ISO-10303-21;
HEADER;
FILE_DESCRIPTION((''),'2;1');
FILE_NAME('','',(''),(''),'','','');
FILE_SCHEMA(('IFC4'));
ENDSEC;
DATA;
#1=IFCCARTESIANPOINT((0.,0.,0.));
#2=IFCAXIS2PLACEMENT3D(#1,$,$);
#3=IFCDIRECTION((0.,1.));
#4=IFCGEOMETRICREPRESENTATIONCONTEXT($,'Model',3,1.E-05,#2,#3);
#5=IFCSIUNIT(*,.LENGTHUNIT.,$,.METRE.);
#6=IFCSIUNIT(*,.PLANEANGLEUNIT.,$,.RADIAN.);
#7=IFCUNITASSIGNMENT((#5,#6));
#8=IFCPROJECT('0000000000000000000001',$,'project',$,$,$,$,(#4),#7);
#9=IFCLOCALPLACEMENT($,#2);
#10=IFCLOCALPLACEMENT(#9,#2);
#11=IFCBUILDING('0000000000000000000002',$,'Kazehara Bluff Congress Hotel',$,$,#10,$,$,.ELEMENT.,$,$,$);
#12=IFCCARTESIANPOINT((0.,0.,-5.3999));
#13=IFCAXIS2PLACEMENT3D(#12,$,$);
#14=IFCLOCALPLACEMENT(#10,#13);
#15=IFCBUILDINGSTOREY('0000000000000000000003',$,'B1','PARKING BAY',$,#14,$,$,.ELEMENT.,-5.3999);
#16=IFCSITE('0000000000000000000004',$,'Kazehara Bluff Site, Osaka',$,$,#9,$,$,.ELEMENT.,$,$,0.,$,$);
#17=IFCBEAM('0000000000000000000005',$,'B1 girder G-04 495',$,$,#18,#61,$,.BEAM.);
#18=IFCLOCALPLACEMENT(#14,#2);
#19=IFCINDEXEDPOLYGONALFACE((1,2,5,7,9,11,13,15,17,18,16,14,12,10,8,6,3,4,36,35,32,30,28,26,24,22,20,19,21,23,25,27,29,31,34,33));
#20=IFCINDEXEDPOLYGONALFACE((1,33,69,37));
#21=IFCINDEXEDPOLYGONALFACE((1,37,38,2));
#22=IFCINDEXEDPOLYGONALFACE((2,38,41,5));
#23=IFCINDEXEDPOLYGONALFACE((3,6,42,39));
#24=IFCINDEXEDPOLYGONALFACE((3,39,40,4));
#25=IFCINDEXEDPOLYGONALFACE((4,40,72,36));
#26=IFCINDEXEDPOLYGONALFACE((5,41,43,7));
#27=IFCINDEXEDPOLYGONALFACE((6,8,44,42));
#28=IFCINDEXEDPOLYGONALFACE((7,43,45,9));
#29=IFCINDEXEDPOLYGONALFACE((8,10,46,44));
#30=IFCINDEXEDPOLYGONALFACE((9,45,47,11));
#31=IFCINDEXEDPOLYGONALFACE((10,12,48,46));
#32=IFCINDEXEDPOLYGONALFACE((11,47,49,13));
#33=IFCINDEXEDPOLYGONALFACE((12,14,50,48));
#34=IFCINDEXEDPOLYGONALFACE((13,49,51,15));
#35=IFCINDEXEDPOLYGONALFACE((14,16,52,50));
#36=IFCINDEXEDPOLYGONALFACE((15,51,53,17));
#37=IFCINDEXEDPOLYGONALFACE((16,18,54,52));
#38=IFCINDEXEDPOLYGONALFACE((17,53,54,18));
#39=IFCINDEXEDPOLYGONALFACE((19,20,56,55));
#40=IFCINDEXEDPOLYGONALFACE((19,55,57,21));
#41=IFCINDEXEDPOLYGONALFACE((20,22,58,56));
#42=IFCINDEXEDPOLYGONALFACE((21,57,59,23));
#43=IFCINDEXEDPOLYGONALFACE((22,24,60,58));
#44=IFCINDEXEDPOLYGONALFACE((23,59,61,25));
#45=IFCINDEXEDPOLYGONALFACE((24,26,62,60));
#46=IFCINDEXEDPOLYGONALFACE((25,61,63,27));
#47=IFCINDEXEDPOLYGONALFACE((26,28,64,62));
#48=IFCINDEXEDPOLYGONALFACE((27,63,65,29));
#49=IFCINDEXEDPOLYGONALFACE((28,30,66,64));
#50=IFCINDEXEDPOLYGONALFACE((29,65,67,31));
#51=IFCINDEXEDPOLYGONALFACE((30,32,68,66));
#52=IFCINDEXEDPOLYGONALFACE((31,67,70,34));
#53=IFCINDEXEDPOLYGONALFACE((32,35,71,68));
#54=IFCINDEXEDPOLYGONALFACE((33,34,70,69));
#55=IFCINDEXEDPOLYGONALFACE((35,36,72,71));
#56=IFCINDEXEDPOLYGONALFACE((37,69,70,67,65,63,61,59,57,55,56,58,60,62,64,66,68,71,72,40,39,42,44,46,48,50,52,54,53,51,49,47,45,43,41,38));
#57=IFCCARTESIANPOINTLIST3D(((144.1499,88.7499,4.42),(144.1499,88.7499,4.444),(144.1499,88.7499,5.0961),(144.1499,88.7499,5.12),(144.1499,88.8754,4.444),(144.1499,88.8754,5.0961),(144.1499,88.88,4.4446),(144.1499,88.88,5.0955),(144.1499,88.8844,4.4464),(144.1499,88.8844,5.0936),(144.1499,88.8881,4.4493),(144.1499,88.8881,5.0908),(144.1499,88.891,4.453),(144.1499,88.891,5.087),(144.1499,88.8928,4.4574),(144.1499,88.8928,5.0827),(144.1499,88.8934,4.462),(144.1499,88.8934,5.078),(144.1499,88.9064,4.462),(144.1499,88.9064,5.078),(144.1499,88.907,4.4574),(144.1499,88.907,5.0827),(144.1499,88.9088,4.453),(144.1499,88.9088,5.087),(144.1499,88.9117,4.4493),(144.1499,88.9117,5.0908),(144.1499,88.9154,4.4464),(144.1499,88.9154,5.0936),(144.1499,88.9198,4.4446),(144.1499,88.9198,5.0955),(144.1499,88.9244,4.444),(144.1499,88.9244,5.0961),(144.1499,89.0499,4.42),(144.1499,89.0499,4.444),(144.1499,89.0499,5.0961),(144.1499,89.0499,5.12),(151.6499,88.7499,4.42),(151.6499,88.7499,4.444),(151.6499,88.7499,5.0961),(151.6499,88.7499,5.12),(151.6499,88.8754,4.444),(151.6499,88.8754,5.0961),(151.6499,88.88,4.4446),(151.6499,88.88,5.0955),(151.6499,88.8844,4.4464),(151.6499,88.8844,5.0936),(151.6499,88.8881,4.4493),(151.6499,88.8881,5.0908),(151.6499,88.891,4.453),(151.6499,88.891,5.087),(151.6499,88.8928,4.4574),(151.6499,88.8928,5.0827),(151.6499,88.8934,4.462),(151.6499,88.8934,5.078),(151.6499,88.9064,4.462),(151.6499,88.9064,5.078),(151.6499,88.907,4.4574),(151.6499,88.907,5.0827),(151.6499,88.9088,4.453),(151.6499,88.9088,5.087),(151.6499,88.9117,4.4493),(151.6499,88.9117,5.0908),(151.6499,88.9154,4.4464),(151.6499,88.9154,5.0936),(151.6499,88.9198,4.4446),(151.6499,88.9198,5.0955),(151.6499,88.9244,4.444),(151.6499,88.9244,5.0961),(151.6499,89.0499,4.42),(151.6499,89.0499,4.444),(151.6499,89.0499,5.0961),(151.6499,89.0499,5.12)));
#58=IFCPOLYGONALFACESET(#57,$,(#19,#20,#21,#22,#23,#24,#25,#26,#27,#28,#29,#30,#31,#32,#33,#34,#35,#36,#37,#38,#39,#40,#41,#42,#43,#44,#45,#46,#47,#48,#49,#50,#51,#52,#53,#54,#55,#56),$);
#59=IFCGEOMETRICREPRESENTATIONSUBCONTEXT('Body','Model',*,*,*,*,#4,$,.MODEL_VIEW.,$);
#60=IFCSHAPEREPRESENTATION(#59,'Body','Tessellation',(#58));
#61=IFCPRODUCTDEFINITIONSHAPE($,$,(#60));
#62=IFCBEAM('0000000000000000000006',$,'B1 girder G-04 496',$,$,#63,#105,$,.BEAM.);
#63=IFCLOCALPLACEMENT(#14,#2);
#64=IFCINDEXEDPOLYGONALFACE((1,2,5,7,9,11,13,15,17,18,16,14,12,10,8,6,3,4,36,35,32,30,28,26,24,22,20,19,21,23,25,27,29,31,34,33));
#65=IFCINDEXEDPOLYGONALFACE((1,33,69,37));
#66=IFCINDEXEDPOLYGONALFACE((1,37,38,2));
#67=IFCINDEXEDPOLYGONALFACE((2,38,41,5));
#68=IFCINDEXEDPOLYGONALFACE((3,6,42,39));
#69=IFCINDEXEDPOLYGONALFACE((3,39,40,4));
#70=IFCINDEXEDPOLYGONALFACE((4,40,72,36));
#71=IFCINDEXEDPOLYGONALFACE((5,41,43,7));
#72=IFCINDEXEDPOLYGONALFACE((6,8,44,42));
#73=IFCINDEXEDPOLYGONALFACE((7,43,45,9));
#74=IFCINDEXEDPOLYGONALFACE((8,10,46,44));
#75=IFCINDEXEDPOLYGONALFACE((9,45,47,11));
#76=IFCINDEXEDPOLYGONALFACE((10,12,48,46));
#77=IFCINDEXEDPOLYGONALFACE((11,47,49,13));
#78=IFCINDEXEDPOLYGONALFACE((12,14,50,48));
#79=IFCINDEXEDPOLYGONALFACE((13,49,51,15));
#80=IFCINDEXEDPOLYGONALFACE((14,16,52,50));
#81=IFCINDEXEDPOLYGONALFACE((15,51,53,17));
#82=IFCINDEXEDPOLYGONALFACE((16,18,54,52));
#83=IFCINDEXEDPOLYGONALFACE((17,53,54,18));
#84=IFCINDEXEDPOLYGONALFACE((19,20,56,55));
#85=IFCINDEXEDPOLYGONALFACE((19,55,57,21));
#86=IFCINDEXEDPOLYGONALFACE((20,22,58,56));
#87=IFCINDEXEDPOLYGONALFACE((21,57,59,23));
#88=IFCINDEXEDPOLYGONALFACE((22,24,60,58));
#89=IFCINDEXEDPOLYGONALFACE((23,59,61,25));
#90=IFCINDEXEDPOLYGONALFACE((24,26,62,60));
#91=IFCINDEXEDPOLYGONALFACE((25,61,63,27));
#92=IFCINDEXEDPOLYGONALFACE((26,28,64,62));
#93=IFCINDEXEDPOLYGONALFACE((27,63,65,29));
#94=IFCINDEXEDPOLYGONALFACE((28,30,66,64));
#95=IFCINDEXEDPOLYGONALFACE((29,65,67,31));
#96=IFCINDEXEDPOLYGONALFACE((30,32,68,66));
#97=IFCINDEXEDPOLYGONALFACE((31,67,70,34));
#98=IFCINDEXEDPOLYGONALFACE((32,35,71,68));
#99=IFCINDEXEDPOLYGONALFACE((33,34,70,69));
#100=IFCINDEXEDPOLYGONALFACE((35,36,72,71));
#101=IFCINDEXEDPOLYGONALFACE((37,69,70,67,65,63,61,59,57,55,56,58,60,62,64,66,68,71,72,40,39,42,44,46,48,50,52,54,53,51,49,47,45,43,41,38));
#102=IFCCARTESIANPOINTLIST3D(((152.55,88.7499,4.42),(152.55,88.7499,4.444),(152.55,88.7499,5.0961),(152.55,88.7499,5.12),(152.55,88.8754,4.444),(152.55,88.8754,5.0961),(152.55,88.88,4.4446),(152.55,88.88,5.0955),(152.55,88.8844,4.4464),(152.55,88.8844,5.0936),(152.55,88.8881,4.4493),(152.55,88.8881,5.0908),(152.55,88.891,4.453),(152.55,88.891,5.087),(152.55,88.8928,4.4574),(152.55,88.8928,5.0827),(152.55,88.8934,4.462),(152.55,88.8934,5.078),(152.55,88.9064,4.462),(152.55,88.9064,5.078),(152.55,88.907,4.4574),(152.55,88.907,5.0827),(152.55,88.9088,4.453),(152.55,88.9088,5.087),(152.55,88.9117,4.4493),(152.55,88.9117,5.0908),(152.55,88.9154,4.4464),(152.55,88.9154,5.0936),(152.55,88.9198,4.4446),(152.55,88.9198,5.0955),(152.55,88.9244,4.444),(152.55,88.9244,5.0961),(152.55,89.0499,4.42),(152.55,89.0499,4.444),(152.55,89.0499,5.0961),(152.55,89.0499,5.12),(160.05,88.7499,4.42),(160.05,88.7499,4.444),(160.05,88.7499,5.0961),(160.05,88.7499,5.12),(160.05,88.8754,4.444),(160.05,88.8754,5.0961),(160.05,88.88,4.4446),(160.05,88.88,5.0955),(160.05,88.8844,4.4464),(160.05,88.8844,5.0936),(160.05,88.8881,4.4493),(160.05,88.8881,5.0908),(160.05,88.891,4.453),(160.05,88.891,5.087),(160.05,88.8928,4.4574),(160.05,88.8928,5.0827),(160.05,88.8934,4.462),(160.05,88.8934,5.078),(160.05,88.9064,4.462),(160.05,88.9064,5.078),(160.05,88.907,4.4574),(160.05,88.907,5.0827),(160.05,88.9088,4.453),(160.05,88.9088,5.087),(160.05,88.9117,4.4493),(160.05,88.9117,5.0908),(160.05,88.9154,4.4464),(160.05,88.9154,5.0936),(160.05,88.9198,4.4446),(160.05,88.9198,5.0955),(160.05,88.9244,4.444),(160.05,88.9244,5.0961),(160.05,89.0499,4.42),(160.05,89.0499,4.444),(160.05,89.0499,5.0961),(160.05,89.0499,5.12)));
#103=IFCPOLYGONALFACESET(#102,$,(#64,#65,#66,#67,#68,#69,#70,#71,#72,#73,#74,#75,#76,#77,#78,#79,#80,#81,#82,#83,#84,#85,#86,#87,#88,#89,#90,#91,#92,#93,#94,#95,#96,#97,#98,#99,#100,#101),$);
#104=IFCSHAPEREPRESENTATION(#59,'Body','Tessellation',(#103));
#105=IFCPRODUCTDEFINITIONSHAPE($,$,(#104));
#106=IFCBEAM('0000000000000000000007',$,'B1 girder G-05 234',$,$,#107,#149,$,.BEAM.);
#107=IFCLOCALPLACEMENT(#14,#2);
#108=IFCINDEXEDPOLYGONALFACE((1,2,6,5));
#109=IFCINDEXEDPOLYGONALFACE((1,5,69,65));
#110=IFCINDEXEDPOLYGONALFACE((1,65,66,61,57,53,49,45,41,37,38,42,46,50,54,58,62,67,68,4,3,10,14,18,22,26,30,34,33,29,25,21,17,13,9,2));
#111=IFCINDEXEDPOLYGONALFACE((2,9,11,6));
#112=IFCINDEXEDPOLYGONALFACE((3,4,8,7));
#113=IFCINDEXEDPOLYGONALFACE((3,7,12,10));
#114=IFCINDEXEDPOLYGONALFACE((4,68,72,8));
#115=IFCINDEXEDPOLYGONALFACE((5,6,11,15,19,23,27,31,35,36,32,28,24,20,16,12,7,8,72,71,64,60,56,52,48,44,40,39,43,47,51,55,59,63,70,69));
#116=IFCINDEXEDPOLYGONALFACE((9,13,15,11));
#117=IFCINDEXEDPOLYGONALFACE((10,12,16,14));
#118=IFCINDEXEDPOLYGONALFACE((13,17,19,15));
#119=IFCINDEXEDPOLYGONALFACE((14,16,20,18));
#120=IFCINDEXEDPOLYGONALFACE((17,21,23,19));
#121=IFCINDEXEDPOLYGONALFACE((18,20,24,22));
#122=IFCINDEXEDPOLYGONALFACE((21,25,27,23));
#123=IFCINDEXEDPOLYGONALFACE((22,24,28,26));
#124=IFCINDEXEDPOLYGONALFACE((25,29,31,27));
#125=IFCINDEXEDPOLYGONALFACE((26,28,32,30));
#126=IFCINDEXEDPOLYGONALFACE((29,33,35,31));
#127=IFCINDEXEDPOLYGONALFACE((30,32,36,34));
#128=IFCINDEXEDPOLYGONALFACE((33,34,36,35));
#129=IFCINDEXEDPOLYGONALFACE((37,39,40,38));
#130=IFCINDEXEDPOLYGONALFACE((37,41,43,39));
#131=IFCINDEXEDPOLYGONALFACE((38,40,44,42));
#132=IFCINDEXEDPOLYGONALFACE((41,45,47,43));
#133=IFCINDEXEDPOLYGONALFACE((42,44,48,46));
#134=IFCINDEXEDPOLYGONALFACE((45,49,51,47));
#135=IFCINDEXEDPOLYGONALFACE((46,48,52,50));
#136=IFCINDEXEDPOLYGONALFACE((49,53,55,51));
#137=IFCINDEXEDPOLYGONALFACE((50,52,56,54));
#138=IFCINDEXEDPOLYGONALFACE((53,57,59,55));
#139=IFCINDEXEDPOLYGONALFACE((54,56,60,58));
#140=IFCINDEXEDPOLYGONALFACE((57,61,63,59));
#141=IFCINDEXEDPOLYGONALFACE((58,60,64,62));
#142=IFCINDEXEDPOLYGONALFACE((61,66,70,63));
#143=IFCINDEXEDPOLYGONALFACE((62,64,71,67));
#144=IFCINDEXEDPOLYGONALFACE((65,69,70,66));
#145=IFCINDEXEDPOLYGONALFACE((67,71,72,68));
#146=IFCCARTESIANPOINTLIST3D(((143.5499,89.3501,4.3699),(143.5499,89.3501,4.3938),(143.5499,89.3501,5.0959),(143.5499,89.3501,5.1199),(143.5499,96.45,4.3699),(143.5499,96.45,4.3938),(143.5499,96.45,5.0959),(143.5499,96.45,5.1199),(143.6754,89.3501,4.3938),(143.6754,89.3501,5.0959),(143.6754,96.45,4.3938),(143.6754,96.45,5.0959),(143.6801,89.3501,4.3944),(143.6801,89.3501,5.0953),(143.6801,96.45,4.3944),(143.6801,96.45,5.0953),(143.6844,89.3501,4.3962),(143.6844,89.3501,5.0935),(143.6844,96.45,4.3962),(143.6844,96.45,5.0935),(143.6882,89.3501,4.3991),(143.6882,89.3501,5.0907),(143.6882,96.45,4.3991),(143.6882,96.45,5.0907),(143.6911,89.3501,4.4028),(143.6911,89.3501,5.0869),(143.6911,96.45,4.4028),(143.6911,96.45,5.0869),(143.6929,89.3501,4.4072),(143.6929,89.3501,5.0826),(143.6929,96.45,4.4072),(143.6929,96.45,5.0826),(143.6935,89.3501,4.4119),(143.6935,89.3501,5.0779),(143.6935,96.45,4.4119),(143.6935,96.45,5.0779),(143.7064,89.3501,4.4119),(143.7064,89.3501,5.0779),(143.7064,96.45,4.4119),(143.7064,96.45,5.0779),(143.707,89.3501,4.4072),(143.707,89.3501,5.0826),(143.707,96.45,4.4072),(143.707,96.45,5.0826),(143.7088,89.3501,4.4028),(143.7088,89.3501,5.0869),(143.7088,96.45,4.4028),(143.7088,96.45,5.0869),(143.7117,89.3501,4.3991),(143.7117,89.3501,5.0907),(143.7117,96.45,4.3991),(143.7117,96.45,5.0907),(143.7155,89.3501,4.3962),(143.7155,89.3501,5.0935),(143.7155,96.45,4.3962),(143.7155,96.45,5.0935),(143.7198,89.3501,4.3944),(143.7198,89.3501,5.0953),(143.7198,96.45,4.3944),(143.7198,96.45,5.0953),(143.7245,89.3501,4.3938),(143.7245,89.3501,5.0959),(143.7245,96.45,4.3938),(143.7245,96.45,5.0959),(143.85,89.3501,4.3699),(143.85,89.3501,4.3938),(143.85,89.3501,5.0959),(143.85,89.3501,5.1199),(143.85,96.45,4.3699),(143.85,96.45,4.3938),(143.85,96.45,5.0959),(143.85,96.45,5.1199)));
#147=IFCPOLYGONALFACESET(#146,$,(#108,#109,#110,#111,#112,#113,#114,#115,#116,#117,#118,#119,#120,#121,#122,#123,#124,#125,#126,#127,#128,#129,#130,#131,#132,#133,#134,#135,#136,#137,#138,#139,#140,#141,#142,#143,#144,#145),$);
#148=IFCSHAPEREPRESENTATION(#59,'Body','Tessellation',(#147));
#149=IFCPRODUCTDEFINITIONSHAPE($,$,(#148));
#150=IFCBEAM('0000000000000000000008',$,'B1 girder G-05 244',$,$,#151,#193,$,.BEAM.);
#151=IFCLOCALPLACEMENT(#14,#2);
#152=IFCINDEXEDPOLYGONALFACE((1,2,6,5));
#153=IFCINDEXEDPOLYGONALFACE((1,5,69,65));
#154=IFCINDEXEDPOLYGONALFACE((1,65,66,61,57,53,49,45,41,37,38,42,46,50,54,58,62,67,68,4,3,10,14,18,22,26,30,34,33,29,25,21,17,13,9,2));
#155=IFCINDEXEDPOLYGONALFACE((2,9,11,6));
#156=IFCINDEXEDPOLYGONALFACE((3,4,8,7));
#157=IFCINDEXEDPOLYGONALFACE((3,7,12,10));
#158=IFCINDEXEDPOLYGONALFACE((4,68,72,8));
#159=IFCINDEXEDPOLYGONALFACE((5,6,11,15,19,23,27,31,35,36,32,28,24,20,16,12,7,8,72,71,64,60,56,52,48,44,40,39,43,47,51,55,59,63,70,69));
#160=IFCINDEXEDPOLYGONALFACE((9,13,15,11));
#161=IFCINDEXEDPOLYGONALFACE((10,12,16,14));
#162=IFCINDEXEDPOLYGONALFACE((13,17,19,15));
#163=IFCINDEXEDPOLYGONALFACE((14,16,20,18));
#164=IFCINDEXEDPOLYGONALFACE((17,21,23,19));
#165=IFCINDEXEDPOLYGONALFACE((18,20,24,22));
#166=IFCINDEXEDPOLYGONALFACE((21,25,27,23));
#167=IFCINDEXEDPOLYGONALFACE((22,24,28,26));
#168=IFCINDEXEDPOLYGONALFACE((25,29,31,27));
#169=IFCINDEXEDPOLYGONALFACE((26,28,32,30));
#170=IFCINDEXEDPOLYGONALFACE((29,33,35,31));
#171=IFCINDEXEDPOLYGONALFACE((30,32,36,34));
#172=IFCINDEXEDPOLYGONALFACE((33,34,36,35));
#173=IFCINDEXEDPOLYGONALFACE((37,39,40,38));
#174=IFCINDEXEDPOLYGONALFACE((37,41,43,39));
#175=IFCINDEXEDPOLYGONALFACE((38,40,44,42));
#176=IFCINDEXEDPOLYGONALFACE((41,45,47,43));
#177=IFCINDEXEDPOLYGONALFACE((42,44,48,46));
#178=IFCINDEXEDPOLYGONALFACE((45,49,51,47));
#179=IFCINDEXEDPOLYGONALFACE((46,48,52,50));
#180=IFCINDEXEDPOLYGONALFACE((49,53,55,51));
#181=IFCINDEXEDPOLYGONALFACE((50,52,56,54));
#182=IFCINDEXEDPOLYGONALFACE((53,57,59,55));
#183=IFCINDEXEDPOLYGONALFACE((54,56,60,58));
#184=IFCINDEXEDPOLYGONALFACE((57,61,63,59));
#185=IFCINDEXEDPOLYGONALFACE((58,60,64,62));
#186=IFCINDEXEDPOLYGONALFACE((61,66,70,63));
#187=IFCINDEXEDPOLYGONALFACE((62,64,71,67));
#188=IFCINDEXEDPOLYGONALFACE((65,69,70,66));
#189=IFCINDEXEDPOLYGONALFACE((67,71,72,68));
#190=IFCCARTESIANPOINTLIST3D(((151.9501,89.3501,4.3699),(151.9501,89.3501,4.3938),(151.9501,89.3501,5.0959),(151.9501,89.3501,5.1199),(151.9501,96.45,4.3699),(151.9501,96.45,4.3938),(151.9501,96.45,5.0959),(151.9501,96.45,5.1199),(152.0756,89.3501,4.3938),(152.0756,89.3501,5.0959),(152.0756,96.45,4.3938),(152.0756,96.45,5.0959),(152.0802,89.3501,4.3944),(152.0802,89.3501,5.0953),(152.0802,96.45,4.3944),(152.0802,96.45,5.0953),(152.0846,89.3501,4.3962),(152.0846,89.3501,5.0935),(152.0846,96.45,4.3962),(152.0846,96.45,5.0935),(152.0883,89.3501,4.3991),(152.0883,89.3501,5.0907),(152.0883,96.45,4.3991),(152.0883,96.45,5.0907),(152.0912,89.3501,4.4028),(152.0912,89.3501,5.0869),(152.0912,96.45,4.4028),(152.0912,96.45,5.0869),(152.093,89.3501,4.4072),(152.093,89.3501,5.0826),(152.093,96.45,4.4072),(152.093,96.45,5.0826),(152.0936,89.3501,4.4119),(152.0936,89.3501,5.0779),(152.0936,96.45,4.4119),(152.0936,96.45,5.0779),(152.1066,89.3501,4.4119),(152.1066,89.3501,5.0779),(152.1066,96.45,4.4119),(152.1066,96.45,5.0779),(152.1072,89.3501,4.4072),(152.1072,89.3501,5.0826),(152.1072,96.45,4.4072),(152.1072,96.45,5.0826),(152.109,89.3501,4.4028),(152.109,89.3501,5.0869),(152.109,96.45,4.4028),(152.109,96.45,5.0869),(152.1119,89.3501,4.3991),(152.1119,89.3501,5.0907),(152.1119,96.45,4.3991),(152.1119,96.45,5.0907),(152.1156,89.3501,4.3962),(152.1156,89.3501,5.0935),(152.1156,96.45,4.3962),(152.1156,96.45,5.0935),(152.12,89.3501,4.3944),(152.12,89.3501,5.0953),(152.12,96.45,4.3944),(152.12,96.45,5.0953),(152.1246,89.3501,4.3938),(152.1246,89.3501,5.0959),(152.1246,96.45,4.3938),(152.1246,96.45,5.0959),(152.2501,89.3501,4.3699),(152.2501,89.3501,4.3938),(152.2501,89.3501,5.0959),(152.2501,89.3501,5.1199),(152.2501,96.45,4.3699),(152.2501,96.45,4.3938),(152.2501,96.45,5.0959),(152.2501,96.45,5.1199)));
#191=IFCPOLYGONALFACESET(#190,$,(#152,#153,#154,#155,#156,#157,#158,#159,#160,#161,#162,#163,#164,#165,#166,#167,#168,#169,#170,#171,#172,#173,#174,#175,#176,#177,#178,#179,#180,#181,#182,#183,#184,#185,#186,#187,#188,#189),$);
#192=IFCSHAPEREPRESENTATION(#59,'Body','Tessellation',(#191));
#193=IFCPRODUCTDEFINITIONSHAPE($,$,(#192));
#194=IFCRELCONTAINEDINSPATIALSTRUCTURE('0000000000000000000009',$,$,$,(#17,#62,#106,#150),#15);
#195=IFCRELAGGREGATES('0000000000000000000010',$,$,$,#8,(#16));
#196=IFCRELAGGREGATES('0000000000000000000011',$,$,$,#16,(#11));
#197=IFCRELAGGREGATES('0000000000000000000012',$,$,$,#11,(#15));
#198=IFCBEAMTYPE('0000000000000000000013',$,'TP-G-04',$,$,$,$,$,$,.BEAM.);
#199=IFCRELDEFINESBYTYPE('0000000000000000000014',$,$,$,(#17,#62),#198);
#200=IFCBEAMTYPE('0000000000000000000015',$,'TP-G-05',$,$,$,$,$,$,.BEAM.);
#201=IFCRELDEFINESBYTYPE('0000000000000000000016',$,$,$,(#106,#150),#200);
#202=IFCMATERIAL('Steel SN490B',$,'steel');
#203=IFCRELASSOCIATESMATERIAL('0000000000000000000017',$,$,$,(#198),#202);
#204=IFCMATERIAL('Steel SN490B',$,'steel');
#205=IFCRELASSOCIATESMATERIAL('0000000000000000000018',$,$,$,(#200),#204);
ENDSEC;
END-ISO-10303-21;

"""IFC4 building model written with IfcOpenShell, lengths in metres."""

from ifc_helpers import new_model, si_unit, direction, frame, origin, origin_2d, place, context, subcontext, project, spatial, i_section, extrude, material, material_profile, profile_set, type_object, element, save


model = new_model("IFC4")

# Units and contexts
model_context = context("Model", 3, precision=1e-05, world=origin(), true_north=direction((0.0, 1.0)))
body_context = subcontext(model_context, "Body", "Model", "MODEL_VIEW")
ifc_project = project(units=[si_unit("LENGTHUNIT", "METRE"), si_unit("PLANEANGLEUNIT", "RADIAN")], contexts=[model_context])

# Site, building, storey
site_placement = place(None, origin())
site = spatial("IfcSite", under=ifc_project, at=site_placement, Name="Kazehara Bluff Site, Osaka", CompositionType="ELEMENT", RefElevation=0.0)
building_placement = place(site_placement, origin())
building = spatial("IfcBuilding", under=site, at=building_placement, Name="Kazehara Bluff Congress Hotel", CompositionType="ELEMENT")
storey_placement = place(building_placement, frame((0.0, 0.0, -5.3999)))
storey = spatial("IfcBuildingStorey", under=building, at=storey_placement, Name="B1", Description="PARKING BAY", CompositionType="ELEMENT", Elevation=-5.3999)

# Beams
ifc_material_1 = material(Name="Steel SN490B", Category="steel")
ifc_material_profile_1 = material_profile(ifc_material_1, i_section(OverallWidth=0.3, OverallDepth=0.7, WebThickness=0.0129, FlangeThickness=0.0239, FilletRadius=0.0181, at=origin_2d()))
ifc_profile_set_1 = profile_set([ifc_material_profile_1], Name="Steel SN490B")
beam_type_1 = type_object("IfcBeamType", Name="TP-G-04", PredefinedType="BEAM", material=ifc_profile_set_1)
for number, where, z_axis, x_axis, name in (
    (1, (144.1499, 88.8999, 4.77), (1.0, 0.0, 0.0), (0.0, 1.0, 0.0), "B1 girder G-04 495"),
    (2, (152.55, 88.8999, 4.77), (1.0, 0.0, 0.0), (0.0, 1.0, 0.0), "B1 girder G-04 496"),
):
    element("IfcBeam", number, at=place(storey_placement, frame(where, z_axis=z_axis, x_axis=x_axis)), inside=storey, type_object=beam_type_1, Name=name, PredefinedType="BEAM", context=body_context, shape_type="SweptSolid", body=[
        extrude(i_section(OverallWidth=0.3, OverallDepth=0.7, WebThickness=0.0129, FlangeThickness=0.0239, FilletRadius=0.0181, at=origin_2d()), origin(), (0.0, 0.0, 1.0), 7.5),
    ])
ifc_material_2 = material(Name="Steel SN490B", Category="steel")
ifc_material_profile_2 = material_profile(ifc_material_2, i_section(OverallWidth=0.3, OverallDepth=0.75, WebThickness=0.0129, FlangeThickness=0.0239, FilletRadius=0.0181, at=origin_2d()))
ifc_profile_set_2 = profile_set([ifc_material_profile_2], Name="Steel SN490B")
beam_type_2 = type_object("IfcBeamType", Name="TP-G-05", PredefinedType="BEAM", material=ifc_profile_set_2)
for number, where, z_axis, x_axis, name in (
    (3, (143.7, 89.3501, 4.7449), (0.0, 1.0, 0.0), (-1.0, 0.0, 0.0), "B1 girder G-05 234"),
    (4, (152.1001, 89.3501, 4.7449), (0.0, 1.0, 0.0), (-1.0, 0.0, 0.0), "B1 girder G-05 244"),
):
    element("IfcBeam", number, at=place(storey_placement, frame(where, z_axis=z_axis, x_axis=x_axis)), inside=storey, type_object=beam_type_2, Name=name, PredefinedType="BEAM", context=body_context, shape_type="SweptSolid", body=[
        extrude(i_section(OverallWidth=0.3, OverallDepth=0.75, WebThickness=0.0129, FlangeThickness=0.0239, FilletRadius=0.0181, at=origin_2d()), origin(), (0.0, 0.0, 1.0), 7.0999),
    ])

save(model, "model.ifc")
